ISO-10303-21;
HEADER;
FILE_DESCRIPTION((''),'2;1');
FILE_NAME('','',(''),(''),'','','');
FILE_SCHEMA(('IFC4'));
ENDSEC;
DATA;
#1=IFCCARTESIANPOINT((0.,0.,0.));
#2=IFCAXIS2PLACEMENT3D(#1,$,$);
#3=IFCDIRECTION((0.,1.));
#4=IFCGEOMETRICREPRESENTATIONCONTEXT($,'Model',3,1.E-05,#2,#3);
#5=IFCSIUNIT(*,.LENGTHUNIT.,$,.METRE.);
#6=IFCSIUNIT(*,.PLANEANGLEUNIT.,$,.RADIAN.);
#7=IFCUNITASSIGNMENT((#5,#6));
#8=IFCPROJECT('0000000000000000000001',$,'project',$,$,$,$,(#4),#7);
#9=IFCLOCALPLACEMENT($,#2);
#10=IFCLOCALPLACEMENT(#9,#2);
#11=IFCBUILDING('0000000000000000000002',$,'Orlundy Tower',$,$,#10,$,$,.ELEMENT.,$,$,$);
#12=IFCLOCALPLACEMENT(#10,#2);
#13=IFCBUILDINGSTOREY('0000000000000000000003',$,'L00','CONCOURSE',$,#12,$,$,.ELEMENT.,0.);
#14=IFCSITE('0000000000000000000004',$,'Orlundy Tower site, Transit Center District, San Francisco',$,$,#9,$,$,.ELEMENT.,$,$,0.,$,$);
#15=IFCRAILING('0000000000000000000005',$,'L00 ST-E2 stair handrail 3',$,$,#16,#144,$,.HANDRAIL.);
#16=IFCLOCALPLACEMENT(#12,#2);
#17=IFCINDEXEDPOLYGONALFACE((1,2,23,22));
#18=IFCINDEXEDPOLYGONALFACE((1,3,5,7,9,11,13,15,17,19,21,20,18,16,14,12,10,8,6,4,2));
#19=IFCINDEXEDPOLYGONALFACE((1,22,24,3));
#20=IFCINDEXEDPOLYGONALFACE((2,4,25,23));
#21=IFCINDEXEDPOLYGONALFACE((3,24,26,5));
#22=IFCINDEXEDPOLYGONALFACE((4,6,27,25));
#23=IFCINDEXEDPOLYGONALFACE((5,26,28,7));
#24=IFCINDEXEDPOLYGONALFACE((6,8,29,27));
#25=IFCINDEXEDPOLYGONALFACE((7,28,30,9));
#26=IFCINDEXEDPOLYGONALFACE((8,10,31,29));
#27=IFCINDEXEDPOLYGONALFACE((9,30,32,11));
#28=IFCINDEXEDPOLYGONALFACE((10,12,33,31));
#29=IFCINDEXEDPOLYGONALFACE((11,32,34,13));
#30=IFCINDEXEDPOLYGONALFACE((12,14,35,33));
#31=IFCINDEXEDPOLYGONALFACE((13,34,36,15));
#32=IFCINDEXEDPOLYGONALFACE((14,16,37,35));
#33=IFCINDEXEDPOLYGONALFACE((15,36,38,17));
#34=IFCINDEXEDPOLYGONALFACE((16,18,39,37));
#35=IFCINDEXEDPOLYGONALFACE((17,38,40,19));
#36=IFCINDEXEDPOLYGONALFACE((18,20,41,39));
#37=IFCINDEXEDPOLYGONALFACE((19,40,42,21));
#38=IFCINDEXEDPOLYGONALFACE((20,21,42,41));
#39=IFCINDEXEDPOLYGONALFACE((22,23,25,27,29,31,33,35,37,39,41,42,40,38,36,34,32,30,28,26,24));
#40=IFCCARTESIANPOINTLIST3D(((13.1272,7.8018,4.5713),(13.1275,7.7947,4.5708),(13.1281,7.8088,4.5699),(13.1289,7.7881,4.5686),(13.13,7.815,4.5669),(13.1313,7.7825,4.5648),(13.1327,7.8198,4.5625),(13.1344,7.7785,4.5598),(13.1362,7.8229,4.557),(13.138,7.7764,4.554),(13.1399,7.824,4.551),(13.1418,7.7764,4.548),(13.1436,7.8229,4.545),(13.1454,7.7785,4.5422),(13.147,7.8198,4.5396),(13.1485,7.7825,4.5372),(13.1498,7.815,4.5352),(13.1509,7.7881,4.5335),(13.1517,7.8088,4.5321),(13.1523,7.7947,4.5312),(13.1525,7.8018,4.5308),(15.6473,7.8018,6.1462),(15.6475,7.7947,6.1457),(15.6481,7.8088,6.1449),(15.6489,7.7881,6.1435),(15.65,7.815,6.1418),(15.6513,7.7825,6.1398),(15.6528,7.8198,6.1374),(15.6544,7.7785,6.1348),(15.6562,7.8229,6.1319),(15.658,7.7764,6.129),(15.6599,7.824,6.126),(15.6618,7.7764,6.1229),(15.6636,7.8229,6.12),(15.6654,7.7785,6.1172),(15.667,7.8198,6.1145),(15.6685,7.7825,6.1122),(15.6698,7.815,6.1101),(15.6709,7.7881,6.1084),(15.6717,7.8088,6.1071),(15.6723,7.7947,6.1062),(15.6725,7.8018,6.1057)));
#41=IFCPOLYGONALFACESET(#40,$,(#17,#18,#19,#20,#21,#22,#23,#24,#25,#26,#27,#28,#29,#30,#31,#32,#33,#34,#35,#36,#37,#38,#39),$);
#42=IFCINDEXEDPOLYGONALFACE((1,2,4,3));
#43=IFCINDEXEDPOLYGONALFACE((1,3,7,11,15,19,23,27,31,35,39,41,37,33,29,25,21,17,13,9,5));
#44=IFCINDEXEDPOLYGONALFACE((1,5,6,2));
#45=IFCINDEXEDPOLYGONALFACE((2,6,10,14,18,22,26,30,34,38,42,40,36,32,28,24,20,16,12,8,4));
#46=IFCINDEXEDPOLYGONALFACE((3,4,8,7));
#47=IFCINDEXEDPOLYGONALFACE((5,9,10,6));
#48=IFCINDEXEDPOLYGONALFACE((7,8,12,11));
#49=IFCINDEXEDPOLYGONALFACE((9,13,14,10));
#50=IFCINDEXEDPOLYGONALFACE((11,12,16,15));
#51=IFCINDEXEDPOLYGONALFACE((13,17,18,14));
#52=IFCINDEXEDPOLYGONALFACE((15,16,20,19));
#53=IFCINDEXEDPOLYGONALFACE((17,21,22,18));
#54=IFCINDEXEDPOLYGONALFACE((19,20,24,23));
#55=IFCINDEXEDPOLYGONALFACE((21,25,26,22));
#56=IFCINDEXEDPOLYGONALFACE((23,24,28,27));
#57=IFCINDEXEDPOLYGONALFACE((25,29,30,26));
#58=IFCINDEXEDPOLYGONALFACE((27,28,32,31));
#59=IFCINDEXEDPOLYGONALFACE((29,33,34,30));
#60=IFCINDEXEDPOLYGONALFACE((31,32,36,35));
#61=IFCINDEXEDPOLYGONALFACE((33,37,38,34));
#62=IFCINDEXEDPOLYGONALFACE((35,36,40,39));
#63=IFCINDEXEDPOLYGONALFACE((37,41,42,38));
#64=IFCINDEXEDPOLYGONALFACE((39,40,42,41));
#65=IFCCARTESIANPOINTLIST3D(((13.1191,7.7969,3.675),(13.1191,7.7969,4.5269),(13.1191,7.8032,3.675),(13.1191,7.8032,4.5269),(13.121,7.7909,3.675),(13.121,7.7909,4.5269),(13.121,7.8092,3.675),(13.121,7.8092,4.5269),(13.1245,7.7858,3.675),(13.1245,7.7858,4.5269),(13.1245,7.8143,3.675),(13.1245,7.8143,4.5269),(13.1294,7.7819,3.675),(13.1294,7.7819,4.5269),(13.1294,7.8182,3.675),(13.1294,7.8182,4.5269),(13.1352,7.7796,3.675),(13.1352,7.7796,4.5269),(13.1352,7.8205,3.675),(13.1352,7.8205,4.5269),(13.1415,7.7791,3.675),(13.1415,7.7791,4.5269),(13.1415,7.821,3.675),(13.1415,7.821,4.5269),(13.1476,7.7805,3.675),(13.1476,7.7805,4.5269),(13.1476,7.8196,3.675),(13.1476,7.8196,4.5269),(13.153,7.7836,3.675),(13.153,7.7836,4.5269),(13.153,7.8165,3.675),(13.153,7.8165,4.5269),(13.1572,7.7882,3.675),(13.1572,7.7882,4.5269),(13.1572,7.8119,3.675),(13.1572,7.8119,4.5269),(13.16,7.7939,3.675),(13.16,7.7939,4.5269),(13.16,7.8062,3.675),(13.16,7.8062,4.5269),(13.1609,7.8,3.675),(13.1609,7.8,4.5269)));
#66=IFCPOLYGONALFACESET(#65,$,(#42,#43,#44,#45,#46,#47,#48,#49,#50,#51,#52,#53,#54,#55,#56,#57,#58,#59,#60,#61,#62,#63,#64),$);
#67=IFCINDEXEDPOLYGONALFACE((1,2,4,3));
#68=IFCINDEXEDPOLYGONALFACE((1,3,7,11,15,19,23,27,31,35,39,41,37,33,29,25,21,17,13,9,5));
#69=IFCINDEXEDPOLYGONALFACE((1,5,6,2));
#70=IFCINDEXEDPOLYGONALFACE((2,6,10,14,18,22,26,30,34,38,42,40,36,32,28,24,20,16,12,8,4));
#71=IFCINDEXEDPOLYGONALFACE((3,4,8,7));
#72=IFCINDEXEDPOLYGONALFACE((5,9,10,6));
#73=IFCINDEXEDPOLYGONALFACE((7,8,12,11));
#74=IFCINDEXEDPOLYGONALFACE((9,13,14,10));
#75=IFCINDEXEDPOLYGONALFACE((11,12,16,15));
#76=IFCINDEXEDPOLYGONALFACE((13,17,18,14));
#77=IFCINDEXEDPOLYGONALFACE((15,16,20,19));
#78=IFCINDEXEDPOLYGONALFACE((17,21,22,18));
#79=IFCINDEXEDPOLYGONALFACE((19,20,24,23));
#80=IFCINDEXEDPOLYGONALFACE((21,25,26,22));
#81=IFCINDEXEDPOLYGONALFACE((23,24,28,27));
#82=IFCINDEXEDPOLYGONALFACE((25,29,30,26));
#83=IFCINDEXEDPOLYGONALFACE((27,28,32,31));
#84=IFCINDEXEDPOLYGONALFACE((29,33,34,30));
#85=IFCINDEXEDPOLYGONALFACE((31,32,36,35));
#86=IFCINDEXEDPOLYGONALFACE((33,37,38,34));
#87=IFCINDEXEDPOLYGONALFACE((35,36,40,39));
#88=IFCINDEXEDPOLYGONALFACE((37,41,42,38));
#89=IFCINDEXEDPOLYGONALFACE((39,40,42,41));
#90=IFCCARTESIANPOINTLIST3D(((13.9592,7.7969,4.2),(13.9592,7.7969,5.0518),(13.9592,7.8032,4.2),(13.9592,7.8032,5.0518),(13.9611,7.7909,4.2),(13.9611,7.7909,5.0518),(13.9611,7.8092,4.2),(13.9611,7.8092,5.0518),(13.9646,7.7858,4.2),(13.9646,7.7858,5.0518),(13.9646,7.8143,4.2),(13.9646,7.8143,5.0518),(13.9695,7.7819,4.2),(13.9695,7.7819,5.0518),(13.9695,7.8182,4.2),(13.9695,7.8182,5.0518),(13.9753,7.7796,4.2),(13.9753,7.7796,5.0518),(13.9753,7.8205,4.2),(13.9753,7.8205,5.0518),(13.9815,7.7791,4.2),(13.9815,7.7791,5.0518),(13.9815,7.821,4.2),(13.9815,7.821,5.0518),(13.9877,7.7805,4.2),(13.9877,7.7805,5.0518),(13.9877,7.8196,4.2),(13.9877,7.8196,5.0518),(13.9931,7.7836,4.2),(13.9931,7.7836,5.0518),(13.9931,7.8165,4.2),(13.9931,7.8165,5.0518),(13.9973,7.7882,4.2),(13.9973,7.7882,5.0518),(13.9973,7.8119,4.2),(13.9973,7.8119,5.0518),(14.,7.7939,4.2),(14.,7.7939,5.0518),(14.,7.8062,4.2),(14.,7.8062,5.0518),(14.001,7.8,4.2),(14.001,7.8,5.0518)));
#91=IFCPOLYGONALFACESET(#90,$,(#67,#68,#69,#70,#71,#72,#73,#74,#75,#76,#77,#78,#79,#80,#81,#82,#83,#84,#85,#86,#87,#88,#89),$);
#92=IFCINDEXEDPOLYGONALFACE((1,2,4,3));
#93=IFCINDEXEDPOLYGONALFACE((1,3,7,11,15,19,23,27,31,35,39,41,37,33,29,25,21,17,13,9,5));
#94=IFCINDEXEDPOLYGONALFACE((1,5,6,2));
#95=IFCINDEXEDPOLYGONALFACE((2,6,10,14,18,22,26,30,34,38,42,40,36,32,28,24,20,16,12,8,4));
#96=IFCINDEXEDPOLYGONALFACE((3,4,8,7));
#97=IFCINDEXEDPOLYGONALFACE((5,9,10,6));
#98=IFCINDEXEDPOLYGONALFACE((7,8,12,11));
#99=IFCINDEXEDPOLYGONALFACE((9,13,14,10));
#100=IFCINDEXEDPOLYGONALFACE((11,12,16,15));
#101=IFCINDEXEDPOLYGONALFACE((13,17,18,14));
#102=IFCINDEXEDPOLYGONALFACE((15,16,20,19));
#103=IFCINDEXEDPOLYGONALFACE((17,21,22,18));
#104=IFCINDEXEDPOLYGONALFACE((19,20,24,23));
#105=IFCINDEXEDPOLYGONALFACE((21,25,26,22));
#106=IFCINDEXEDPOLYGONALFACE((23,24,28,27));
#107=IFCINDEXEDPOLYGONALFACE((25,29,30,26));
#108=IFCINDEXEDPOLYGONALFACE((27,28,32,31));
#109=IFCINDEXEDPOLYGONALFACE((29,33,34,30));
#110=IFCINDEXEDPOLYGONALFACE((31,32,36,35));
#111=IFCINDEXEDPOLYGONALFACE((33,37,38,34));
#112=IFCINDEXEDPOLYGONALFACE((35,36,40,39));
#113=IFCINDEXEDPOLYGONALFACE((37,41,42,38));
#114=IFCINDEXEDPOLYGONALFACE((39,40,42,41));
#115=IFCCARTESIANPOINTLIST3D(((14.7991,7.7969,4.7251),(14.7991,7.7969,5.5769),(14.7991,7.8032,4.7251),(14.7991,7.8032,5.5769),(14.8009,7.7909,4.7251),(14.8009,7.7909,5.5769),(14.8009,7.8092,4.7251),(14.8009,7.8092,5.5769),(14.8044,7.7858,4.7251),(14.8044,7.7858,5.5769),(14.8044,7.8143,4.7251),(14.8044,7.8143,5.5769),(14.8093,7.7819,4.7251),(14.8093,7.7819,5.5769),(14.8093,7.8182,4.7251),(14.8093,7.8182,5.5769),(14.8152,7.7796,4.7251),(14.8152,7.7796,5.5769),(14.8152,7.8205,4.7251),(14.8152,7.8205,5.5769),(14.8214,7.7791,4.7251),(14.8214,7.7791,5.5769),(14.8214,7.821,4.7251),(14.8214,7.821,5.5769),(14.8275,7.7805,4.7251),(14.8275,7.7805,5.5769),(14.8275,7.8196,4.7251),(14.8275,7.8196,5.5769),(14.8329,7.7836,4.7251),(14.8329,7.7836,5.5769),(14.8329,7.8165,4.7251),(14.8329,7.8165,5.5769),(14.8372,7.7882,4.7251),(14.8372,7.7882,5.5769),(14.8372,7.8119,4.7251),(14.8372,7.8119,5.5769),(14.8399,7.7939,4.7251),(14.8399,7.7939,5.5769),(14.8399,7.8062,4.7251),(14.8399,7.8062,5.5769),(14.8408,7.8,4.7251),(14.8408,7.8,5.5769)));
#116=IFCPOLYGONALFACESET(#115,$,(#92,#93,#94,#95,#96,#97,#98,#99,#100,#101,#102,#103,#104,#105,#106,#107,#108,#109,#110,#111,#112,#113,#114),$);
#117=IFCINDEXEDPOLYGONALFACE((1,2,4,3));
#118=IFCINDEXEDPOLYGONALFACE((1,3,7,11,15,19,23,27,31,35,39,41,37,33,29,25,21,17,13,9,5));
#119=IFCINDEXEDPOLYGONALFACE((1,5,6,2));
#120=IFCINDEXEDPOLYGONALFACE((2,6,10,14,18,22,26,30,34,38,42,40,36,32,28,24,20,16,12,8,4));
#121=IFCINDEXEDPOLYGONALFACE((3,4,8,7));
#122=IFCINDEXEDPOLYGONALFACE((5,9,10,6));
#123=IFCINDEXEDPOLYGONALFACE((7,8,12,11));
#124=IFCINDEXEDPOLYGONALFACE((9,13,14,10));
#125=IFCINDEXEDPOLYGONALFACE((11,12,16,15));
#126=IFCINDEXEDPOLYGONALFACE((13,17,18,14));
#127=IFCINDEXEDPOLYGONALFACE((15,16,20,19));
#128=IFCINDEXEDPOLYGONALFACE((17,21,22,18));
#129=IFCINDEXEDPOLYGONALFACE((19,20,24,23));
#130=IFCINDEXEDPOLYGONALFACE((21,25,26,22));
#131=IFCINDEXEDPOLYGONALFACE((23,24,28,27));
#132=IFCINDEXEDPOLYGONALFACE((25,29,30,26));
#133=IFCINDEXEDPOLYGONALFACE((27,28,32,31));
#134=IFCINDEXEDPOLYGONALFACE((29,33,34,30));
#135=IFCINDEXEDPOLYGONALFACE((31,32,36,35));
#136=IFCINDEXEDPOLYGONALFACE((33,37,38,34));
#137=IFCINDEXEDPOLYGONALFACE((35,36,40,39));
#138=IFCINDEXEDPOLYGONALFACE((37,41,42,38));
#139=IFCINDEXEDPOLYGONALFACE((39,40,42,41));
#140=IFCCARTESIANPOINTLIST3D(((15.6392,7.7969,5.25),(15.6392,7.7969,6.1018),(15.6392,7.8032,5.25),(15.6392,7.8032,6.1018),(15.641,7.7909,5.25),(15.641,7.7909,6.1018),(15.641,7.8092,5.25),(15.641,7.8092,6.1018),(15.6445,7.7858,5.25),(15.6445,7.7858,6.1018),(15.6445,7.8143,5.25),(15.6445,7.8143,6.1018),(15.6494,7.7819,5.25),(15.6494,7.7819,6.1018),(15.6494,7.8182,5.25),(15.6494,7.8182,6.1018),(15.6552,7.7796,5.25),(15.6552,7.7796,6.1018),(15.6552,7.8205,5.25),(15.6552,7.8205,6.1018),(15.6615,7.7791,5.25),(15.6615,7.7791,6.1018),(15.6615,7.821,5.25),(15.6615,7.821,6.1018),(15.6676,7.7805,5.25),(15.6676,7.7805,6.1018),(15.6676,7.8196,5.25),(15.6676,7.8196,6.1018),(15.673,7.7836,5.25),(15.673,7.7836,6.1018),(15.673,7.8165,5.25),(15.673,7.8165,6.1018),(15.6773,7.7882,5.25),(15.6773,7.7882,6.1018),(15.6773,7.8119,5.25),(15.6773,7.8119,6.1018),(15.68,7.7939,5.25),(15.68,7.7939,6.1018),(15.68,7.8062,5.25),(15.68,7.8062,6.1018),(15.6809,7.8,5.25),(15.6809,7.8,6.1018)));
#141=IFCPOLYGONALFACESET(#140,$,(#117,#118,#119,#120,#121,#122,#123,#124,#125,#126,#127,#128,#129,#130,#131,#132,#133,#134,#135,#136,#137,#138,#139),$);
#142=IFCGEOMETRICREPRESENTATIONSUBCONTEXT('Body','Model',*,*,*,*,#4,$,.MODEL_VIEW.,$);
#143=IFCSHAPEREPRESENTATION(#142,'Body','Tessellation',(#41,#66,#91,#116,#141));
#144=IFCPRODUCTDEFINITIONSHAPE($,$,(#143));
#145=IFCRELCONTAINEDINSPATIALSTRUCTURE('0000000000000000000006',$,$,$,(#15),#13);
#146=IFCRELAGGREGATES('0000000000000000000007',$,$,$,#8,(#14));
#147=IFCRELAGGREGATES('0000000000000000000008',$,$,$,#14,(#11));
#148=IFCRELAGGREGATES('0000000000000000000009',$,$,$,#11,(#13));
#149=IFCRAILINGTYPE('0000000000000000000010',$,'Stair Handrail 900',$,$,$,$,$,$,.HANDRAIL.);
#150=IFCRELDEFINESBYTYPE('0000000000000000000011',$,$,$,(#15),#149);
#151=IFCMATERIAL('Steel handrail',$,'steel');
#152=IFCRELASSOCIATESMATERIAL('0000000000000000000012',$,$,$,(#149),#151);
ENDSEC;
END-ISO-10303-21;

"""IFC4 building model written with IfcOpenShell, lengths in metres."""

from ifc_helpers import new_model, si_unit, direction, frame, origin, origin_2d, place, context, subcontext, project, spatial, circle, extrude, material, type_object, element, save


model = new_model("IFC4")

# Units and contexts
model_context = context("Model", 3, precision=1e-05, world=origin(), true_north=direction((0.0, 1.0)))
body_context = subcontext(model_context, "Body", "Model", "MODEL_VIEW")
ifc_project = project(units=[si_unit("LENGTHUNIT", "METRE"), si_unit("PLANEANGLEUNIT", "RADIAN")], contexts=[model_context])

# Site, building, storey
site_placement = place(None, origin())
site = spatial("IfcSite", under=ifc_project, at=site_placement, Name="Orlundy Tower site, Transit Center District, San Francisco", CompositionType="ELEMENT", RefElevation=0.0)
building_placement = place(site_placement, origin())
building = spatial("IfcBuilding", under=site, at=building_placement, Name="Orlundy Tower", CompositionType="ELEMENT")
storey_placement = place(building_placement, origin())
storey = spatial("IfcBuildingStorey", under=building, at=storey_placement, Name="L00", Description="CONCOURSE", CompositionType="ELEMENT", Elevation=0.0)

# Railing
ifc_material_1 = material(Name="Steel handrail", Category="steel")
railing_type = type_object("IfcRailingType", Name="Stair Handrail 900", PredefinedType="HANDRAIL", material=ifc_material_1)
for number, where, name in (
    (1, (13.1399, 7.8, 3.675), "L00 ST-E2 stair handrail 3"),
):
    element("IfcRailing", number, at=place(storey_placement, frame(where)), inside=storey, type_object=railing_type, Name=name, PredefinedType="HANDRAIL", context=body_context, shape_type="SweptSolid", body=[
        extrude(circle(Radius=0.0239, at=origin_2d()), frame((0.0, 0.0, 0.876), z_axis=(0.848008, 0.0, 0.529984), x_axis=(0.0, 1.0, 0.0)), (0.0, 0.0, 1.0), 2.9717),
        extrude(circle(Radius=0.021, at=origin_2d()), origin(), (0.0, 0.0, 1.0), 0.8518),
        extrude(circle(Radius=0.021, at=origin_2d()), frame((0.8401, 0.0, 0.5249)), (0.0, 0.0, 1.0), 0.8518),
        extrude(circle(Radius=0.021, at=origin_2d()), frame((1.6799, 0.0, 1.05)), (0.0, 0.0, 1.0), 0.8518),
        extrude(circle(Radius=0.021, at=origin_2d()), frame((2.52, 0.0, 1.575)), (0.0, 0.0, 1.0), 0.8518),
    ])

save(model, "model.ifc")
